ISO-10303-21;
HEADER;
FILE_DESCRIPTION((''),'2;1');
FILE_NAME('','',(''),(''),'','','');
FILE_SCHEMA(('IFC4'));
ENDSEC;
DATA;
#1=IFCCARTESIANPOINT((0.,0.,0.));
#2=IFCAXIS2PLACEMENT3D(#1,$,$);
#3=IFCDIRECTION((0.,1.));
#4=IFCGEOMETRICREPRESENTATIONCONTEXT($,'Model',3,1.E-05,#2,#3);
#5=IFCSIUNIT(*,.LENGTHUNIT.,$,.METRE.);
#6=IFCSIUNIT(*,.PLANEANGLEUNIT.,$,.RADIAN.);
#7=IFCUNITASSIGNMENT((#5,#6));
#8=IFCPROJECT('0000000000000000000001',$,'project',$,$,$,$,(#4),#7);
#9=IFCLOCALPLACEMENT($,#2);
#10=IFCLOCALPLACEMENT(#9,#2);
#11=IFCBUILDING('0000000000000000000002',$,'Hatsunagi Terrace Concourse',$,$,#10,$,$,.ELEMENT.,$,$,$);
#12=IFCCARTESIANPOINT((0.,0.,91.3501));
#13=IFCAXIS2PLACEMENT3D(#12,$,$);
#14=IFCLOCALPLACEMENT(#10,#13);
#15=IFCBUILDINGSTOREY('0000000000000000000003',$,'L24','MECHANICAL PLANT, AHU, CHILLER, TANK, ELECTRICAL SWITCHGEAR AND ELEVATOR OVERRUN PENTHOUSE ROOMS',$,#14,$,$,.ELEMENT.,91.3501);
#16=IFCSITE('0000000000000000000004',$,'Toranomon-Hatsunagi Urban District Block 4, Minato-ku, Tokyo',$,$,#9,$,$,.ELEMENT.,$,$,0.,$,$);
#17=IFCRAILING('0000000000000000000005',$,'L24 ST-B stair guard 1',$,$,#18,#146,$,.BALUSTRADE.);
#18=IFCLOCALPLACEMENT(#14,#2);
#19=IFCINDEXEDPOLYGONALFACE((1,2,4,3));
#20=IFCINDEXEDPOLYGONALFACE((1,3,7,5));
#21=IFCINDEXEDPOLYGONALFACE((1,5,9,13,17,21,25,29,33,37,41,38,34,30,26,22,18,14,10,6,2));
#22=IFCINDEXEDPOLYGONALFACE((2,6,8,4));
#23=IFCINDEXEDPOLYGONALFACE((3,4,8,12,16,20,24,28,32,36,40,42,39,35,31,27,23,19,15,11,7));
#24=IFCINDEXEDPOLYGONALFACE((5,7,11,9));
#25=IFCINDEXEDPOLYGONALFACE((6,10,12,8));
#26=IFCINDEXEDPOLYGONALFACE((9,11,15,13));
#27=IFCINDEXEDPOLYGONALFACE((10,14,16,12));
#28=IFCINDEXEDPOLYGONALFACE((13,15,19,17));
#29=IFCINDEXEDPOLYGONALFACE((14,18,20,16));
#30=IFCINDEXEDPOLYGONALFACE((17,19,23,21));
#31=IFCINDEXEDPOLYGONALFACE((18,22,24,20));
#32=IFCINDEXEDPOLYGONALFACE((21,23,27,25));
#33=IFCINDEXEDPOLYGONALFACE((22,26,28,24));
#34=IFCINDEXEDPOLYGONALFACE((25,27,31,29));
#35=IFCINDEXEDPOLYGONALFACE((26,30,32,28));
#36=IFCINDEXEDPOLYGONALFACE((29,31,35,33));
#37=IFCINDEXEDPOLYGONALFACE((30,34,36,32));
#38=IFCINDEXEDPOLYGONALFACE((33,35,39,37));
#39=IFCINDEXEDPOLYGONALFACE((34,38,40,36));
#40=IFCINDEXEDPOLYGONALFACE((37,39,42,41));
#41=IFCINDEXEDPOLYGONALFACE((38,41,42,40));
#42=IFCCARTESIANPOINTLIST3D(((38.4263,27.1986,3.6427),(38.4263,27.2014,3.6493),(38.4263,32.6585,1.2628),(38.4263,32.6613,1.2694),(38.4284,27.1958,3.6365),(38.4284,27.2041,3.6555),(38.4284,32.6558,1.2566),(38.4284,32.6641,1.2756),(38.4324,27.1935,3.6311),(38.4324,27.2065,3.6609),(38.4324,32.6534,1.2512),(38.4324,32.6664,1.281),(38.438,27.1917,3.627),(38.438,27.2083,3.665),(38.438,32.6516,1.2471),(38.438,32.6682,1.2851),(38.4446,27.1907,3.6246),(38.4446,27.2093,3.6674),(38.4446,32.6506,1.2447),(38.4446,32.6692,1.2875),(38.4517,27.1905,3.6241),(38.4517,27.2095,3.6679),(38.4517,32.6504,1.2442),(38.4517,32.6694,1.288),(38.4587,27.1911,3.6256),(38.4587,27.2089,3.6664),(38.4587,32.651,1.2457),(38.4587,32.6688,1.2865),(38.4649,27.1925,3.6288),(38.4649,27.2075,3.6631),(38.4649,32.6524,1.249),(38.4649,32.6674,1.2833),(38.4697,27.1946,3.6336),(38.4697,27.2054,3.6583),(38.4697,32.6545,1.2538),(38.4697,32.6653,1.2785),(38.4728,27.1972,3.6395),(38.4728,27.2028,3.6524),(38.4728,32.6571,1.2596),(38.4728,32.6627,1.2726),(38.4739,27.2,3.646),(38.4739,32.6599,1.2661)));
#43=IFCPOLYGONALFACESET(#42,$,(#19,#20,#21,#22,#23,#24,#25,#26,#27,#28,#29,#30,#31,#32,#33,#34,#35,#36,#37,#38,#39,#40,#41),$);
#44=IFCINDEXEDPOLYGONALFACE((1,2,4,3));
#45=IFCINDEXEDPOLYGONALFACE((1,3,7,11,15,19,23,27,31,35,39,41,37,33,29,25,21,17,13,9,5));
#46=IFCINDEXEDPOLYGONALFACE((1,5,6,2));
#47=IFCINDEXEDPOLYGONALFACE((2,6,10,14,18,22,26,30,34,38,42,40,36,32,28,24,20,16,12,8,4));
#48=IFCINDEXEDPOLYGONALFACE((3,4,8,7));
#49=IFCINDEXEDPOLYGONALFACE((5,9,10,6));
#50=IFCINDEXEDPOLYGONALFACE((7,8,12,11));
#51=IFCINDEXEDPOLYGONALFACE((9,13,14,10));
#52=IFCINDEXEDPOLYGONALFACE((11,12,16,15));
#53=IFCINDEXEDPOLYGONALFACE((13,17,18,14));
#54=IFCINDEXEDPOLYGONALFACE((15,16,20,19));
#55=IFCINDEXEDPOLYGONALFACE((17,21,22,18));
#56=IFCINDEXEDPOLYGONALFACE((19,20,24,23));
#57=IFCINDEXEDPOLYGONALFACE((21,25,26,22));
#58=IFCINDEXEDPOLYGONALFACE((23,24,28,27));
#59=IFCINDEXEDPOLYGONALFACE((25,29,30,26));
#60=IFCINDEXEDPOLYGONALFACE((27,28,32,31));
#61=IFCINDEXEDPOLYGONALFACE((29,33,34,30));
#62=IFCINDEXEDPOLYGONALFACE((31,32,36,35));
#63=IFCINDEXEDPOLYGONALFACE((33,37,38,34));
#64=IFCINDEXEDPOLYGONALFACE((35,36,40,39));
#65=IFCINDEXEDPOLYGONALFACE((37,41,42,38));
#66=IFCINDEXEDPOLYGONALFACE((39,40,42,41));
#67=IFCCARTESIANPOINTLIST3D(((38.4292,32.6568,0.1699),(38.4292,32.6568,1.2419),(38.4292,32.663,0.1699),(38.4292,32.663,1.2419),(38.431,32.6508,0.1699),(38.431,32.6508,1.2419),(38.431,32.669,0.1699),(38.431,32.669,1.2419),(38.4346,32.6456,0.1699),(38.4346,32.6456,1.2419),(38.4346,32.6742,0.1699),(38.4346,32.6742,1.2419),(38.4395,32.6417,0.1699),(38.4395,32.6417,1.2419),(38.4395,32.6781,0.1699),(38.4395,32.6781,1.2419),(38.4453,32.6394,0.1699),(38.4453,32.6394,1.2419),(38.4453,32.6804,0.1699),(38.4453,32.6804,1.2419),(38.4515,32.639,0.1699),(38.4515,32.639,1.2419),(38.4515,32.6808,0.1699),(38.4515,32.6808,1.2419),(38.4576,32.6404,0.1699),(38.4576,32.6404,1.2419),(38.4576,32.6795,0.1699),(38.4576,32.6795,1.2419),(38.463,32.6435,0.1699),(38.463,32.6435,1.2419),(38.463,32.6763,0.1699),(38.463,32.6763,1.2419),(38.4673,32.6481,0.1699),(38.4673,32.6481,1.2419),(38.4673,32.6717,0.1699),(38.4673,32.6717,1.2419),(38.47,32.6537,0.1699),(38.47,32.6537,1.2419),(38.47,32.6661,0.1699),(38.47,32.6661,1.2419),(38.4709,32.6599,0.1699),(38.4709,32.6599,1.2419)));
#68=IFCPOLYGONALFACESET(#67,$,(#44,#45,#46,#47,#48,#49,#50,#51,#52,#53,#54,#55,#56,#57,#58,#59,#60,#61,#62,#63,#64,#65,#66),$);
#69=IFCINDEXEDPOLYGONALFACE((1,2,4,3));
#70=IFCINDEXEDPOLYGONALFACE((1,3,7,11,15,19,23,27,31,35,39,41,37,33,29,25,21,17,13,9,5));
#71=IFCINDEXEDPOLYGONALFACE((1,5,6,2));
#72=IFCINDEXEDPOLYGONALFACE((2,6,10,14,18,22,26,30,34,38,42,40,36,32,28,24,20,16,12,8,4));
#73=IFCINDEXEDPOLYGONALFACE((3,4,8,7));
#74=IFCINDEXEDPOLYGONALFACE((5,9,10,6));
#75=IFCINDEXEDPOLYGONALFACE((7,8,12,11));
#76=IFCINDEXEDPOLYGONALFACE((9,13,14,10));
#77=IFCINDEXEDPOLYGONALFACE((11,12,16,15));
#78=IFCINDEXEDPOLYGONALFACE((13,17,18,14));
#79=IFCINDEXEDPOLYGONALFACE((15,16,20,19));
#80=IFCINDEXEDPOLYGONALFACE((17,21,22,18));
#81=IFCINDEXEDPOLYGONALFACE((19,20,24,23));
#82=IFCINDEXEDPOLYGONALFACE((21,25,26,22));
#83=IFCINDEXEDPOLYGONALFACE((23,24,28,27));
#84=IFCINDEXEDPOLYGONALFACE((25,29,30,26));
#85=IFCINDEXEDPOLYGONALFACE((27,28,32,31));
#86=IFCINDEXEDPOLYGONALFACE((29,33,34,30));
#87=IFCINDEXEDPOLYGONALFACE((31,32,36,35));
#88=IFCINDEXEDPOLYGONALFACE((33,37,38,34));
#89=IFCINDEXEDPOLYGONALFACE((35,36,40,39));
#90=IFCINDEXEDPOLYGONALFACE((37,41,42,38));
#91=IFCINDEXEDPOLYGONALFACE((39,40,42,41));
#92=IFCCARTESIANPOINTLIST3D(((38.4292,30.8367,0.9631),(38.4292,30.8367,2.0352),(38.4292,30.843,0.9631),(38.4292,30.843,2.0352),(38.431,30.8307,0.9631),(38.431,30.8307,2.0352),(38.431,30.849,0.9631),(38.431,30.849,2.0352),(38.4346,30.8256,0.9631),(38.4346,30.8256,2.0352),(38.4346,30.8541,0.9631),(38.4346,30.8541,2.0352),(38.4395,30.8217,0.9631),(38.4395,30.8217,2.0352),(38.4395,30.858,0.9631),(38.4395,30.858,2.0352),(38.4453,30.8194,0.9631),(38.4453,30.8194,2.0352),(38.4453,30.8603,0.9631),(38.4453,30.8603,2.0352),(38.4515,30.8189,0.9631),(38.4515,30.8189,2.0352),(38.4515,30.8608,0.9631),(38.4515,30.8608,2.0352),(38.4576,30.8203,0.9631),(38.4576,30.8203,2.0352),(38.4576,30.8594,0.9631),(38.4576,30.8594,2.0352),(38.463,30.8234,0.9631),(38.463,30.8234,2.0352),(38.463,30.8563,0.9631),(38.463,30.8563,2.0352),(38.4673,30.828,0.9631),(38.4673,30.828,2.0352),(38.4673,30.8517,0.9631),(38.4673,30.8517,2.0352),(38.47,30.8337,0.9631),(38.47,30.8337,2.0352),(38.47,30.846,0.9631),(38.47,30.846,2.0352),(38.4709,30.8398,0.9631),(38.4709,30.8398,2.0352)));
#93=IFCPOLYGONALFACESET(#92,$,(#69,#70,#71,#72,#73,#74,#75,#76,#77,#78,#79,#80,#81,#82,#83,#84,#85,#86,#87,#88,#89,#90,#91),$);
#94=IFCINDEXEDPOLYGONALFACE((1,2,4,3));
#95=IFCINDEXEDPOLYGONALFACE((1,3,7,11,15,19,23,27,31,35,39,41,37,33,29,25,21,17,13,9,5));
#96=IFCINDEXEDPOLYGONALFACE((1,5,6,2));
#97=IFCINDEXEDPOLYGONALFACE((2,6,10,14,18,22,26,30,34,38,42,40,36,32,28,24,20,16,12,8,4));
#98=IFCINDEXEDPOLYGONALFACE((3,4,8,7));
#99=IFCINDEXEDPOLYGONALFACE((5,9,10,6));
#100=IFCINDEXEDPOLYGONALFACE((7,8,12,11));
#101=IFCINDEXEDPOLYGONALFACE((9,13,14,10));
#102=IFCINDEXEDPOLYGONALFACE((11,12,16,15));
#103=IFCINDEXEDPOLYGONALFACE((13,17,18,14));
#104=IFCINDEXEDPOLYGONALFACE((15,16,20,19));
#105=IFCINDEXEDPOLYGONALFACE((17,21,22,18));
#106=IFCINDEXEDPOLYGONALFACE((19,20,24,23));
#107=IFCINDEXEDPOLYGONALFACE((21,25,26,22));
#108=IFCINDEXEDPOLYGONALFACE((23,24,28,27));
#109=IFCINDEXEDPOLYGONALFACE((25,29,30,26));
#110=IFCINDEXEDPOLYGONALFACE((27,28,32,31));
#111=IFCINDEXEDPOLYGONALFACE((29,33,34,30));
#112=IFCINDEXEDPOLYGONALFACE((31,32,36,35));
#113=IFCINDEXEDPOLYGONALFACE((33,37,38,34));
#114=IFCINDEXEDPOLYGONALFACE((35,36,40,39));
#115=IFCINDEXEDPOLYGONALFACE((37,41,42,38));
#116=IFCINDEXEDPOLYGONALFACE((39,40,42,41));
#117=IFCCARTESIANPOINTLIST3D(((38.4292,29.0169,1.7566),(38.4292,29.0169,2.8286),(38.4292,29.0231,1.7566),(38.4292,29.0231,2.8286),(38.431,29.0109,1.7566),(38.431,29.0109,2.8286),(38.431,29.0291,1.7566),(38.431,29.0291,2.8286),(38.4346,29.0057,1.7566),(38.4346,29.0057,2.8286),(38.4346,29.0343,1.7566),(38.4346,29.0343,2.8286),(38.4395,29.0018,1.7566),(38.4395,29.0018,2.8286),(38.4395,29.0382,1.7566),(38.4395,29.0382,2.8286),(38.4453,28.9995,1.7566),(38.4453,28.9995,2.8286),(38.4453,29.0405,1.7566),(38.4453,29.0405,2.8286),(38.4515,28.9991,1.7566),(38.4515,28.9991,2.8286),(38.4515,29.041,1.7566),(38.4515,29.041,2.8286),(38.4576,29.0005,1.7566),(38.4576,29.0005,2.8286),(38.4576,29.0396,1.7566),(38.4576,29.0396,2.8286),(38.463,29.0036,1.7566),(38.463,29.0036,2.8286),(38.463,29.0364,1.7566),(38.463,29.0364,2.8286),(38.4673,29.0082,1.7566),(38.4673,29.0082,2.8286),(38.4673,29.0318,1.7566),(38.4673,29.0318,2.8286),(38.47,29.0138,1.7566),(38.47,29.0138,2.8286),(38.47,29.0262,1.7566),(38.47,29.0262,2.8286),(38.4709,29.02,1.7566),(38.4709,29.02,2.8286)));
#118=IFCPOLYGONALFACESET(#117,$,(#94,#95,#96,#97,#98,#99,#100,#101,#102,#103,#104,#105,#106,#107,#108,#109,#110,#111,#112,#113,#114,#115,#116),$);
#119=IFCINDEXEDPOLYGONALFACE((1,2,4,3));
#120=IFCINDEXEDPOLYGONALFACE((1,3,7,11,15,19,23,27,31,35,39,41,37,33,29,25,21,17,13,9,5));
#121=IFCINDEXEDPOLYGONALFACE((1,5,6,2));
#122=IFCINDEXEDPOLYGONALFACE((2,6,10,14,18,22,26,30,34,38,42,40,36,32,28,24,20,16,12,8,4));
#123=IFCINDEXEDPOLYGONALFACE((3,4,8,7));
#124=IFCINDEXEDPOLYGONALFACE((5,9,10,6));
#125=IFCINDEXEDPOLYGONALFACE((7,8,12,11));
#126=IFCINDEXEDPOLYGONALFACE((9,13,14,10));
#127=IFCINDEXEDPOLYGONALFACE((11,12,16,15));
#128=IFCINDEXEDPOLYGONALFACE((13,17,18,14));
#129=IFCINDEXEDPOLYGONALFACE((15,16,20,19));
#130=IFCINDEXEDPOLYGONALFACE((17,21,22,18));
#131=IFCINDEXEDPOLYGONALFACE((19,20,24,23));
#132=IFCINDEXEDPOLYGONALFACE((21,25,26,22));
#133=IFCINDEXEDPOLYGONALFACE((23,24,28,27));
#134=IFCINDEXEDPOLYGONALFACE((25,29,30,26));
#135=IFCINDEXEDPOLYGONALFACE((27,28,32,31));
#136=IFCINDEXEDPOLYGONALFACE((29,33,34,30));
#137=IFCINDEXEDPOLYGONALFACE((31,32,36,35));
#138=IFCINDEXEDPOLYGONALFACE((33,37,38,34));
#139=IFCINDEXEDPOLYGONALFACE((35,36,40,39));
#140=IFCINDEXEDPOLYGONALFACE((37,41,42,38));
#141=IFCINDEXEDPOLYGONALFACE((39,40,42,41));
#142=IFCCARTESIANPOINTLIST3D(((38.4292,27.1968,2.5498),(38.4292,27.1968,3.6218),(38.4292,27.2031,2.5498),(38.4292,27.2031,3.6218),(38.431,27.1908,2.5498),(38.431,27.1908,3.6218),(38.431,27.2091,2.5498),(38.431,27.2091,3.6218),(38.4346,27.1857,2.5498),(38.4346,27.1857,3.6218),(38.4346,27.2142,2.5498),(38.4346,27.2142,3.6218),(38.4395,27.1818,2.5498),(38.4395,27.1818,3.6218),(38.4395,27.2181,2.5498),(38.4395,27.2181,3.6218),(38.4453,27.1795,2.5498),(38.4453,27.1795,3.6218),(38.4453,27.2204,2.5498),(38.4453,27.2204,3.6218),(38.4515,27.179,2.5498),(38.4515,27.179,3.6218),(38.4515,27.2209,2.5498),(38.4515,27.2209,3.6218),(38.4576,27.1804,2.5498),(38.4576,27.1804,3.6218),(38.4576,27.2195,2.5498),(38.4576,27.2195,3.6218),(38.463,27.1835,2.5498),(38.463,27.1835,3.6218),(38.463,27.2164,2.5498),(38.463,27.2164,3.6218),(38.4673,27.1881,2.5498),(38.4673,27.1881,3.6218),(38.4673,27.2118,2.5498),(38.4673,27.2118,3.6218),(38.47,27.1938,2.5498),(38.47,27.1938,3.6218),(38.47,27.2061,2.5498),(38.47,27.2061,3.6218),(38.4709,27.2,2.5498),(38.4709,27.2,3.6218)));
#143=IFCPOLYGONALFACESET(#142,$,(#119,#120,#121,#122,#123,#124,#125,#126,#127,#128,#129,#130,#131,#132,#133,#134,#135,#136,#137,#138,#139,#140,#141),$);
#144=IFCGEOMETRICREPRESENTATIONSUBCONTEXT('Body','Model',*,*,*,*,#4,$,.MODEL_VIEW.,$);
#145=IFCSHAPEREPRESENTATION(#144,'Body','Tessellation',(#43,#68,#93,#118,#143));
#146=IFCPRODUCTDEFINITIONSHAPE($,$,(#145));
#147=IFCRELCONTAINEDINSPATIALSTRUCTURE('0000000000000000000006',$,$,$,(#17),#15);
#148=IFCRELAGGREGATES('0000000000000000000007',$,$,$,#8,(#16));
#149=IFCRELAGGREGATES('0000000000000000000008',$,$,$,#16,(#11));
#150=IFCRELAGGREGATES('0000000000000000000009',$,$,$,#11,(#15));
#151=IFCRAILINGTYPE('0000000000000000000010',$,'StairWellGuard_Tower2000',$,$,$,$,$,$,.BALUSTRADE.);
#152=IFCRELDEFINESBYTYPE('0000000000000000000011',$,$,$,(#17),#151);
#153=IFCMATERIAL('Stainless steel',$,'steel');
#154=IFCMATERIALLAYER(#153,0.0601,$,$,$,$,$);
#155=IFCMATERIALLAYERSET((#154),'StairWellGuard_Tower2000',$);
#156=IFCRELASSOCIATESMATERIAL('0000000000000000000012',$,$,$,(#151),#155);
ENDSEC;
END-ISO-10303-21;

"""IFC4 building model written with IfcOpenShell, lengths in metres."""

from ifc_helpers import new_model, si_unit, direction, frame, origin, origin_2d, place, context, subcontext, project, spatial, circle, extrude, material, layer, layer_set, type_object, element, save


model = new_model("IFC4")

# Units and contexts
model_context = context("Model", 3, precision=1e-05, world=origin(), true_north=direction((0.0, 1.0)))
body_context = subcontext(model_context, "Body", "Model", "MODEL_VIEW")
ifc_project = project(units=[si_unit("LENGTHUNIT", "METRE"), si_unit("PLANEANGLEUNIT", "RADIAN")], contexts=[model_context])

# Site, building, storey
site_placement = place(None, origin())
site = spatial("IfcSite", under=ifc_project, at=site_placement, Name="Toranomon-Hatsunagi Urban District Block 4, Minato-ku, Tokyo", CompositionType="ELEMENT", RefElevation=0.0)
building_placement = place(site_placement, origin())
building = spatial("IfcBuilding", under=site, at=building_placement, Name="Hatsunagi Terrace Concourse", CompositionType="ELEMENT")
storey_placement = place(building_placement, frame((0.0, 0.0, 91.3501)))
storey = spatial("IfcBuildingStorey", under=building, at=storey_placement, Name="L24", Description="MECHANICAL PLANT, AHU, CHILLER, TANK, ELECTRICAL SWITCHGEAR AND ELEVATOR OVERRUN PENTHOUSE ROOMS", CompositionType="ELEMENT", Elevation=91.3501)

# Railing
ifc_material_1 = material(Name="Stainless steel", Category="steel")
ifc_layer_1 = layer(ifc_material_1, 0.0601)
ifc_layer_set_1 = layer_set([ifc_layer_1], Name="StairWellGuard_Tower2000")
railing_type_1 = type_object("IfcRailingType", Name="StairWellGuard_Tower2000", PredefinedType="BALUSTRADE", material=ifc_layer_set_1)
railing_1_placement = place(storey_placement, frame((38.45, 32.6599, 0.1699)))
element("IfcRailing", 1, at=railing_1_placement, inside=storey, type_object=railing_type_1, Name="L24 ST-B stair guard 1", PredefinedType="BALUSTRADE", context=body_context, shape_type="SweptSolid", body=[
    extrude(circle(Radius=0.0239, at=origin_2d()), frame((0.0, 0.0, 1.0962), z_axis=(0.0, -0.916702, 0.399571), x_axis=(1.0, 0.0, 0.0)), (0.0, 0.0, 1.0), 5.9561),
    extrude(circle(Radius=0.021, at=origin_2d()), origin(), (0.0, 0.0, 1.0), 1.072),
    extrude(circle(Radius=0.021, at=origin_2d()), frame((0.0, -1.8201, 0.7932)), (0.0, 0.0, 1.0), 1.072),
    extrude(circle(Radius=0.021, at=origin_2d()), frame((0.0, -3.6399, 1.5867)), (0.0, 0.0, 1.0), 1.072),
    extrude(circle(Radius=0.021, at=origin_2d()), frame((0.0, -5.46, 2.3799)), (0.0, 0.0, 1.0), 1.072),
])

save(model, "model.ifc")
